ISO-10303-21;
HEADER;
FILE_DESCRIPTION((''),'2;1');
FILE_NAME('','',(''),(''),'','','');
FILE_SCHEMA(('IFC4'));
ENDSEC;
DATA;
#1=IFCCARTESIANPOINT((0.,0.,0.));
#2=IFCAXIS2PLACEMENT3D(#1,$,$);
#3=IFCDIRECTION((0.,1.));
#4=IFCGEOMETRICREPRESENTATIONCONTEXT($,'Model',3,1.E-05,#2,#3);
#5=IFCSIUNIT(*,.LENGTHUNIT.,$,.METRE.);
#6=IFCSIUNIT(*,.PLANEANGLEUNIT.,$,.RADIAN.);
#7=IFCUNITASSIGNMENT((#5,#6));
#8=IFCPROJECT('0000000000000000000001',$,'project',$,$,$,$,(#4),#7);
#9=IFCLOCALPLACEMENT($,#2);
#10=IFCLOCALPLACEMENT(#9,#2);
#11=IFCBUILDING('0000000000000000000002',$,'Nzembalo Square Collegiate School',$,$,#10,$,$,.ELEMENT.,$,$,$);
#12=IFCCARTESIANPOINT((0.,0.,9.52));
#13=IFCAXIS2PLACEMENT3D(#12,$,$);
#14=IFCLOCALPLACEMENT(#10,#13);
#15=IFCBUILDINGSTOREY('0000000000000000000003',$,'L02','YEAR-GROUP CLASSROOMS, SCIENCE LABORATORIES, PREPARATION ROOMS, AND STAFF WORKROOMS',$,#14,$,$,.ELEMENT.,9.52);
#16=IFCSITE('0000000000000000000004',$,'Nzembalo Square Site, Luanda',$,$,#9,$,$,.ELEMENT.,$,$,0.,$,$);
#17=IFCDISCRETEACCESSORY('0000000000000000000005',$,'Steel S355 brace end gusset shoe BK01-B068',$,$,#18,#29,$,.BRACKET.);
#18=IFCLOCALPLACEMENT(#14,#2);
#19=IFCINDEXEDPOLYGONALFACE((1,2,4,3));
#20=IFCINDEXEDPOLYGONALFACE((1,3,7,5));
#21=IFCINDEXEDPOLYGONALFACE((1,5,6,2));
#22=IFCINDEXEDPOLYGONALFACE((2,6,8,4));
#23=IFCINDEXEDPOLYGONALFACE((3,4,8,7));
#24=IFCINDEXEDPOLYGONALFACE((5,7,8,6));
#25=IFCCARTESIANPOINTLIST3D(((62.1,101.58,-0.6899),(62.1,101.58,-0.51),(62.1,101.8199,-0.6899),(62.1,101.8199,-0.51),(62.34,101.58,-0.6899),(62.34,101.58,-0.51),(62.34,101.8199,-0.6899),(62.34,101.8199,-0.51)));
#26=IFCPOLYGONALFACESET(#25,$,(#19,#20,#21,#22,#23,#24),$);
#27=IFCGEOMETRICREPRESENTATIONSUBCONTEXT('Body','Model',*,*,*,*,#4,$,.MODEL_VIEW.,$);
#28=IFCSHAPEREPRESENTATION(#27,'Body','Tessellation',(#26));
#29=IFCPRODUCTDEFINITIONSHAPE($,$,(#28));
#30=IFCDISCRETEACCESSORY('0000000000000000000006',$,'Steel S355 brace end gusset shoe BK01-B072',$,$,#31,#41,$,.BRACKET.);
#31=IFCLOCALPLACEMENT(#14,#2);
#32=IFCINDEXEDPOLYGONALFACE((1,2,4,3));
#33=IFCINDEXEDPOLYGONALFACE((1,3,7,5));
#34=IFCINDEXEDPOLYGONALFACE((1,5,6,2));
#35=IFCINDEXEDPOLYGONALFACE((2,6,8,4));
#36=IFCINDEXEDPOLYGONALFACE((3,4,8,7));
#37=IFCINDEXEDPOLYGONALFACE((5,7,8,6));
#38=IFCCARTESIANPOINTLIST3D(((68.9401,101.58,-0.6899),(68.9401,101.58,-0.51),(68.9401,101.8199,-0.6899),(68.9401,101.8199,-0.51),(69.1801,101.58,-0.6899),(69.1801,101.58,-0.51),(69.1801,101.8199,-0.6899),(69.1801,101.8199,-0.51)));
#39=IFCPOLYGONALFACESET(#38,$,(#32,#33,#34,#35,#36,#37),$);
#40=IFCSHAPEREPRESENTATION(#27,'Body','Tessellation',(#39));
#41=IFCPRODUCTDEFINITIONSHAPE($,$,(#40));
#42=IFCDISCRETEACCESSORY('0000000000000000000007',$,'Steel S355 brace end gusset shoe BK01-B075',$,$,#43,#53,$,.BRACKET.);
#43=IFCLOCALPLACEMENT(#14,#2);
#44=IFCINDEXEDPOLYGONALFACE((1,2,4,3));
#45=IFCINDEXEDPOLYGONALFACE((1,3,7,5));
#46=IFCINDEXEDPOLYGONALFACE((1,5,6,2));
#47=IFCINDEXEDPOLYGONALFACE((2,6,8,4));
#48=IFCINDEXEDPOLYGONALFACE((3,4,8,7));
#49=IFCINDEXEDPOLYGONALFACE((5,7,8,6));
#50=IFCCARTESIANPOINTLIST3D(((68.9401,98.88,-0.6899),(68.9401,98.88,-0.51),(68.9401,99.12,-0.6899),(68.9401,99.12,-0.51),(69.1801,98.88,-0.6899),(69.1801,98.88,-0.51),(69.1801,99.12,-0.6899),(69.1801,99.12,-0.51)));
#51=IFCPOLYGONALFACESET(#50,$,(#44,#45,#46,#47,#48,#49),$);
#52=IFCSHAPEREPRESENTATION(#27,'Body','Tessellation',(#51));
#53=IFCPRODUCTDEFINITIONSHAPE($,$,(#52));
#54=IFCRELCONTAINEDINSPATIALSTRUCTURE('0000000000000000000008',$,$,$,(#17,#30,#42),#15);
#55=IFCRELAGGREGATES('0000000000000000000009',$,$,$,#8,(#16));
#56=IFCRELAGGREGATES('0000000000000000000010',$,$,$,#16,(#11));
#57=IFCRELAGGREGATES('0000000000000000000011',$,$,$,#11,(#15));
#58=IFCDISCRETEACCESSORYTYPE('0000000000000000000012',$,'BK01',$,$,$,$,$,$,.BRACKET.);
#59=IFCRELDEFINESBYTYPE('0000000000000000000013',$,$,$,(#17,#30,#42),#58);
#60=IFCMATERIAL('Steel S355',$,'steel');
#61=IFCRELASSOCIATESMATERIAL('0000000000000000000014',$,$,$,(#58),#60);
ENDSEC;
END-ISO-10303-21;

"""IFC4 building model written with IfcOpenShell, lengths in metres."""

from ifc_helpers import new_model, si_unit, direction, frame, origin, origin_2d, place, context, subcontext, project, spatial, rectangle, extrude, material, type_object, element, save


model = new_model("IFC4")

# Units and contexts
model_context = context("Model", 3, precision=1e-05, world=origin(), true_north=direction((0.0, 1.0)))
body_context = subcontext(model_context, "Body", "Model", "MODEL_VIEW")
ifc_project = project(units=[si_unit("LENGTHUNIT", "METRE"), si_unit("PLANEANGLEUNIT", "RADIAN")], contexts=[model_context])

# Site, building, storey
site_placement = place(None, origin())
site = spatial("IfcSite", under=ifc_project, at=site_placement, Name="Nzembalo Square Site, Luanda", CompositionType="ELEMENT", RefElevation=0.0)
building_placement = place(site_placement, origin())
building = spatial("IfcBuilding", under=site, at=building_placement, Name="Nzembalo Square Collegiate School", CompositionType="ELEMENT")
storey_placement = place(building_placement, frame((0.0, 0.0, 9.52)))
storey = spatial("IfcBuildingStorey", under=building, at=storey_placement, Name="L02", Description="YEAR-GROUP CLASSROOMS, SCIENCE LABORATORIES, PREPARATION ROOMS, AND STAFF WORKROOMS", CompositionType="ELEMENT", Elevation=9.52)

# Discrete accessories
ifc_material_1 = material(Name="Steel S355", Category="steel")
discrete_accessory_type = type_object("IfcDiscreteAccessoryType", Name="BK01", PredefinedType="BRACKET", material=ifc_material_1)
for number, where, z_axis, x_axis, name in (
    (1, (62.22, 101.7, -0.6899), (0.0, 0.0, 1.0), (1.0, 0.0, 0.0), "Steel S355 brace end gusset shoe BK01-B068"),
    (2, (69.0601, 101.7, -0.6899), (0.0, 0.0, 1.0), (1.0, 0.0, 0.0), "Steel S355 brace end gusset shoe BK01-B072"),
    (3, (69.0601, 99.0, -0.6899), (0.0, 0.0, 1.0), (1.0, 0.0, 0.0), "Steel S355 brace end gusset shoe BK01-B075"),
):
    element("IfcDiscreteAccessory", number, at=place(storey_placement, frame(where, z_axis=z_axis, x_axis=x_axis)), inside=storey, type_object=discrete_accessory_type, Name=name, PredefinedType="BRACKET", context=body_context, shape_type="SweptSolid", body=[
        extrude(rectangle(XDim=0.24, YDim=0.24, at=origin_2d()), origin(), (0.0, 0.0, 1.0), 0.1799),
    ])

save(model, "model.ifc")
